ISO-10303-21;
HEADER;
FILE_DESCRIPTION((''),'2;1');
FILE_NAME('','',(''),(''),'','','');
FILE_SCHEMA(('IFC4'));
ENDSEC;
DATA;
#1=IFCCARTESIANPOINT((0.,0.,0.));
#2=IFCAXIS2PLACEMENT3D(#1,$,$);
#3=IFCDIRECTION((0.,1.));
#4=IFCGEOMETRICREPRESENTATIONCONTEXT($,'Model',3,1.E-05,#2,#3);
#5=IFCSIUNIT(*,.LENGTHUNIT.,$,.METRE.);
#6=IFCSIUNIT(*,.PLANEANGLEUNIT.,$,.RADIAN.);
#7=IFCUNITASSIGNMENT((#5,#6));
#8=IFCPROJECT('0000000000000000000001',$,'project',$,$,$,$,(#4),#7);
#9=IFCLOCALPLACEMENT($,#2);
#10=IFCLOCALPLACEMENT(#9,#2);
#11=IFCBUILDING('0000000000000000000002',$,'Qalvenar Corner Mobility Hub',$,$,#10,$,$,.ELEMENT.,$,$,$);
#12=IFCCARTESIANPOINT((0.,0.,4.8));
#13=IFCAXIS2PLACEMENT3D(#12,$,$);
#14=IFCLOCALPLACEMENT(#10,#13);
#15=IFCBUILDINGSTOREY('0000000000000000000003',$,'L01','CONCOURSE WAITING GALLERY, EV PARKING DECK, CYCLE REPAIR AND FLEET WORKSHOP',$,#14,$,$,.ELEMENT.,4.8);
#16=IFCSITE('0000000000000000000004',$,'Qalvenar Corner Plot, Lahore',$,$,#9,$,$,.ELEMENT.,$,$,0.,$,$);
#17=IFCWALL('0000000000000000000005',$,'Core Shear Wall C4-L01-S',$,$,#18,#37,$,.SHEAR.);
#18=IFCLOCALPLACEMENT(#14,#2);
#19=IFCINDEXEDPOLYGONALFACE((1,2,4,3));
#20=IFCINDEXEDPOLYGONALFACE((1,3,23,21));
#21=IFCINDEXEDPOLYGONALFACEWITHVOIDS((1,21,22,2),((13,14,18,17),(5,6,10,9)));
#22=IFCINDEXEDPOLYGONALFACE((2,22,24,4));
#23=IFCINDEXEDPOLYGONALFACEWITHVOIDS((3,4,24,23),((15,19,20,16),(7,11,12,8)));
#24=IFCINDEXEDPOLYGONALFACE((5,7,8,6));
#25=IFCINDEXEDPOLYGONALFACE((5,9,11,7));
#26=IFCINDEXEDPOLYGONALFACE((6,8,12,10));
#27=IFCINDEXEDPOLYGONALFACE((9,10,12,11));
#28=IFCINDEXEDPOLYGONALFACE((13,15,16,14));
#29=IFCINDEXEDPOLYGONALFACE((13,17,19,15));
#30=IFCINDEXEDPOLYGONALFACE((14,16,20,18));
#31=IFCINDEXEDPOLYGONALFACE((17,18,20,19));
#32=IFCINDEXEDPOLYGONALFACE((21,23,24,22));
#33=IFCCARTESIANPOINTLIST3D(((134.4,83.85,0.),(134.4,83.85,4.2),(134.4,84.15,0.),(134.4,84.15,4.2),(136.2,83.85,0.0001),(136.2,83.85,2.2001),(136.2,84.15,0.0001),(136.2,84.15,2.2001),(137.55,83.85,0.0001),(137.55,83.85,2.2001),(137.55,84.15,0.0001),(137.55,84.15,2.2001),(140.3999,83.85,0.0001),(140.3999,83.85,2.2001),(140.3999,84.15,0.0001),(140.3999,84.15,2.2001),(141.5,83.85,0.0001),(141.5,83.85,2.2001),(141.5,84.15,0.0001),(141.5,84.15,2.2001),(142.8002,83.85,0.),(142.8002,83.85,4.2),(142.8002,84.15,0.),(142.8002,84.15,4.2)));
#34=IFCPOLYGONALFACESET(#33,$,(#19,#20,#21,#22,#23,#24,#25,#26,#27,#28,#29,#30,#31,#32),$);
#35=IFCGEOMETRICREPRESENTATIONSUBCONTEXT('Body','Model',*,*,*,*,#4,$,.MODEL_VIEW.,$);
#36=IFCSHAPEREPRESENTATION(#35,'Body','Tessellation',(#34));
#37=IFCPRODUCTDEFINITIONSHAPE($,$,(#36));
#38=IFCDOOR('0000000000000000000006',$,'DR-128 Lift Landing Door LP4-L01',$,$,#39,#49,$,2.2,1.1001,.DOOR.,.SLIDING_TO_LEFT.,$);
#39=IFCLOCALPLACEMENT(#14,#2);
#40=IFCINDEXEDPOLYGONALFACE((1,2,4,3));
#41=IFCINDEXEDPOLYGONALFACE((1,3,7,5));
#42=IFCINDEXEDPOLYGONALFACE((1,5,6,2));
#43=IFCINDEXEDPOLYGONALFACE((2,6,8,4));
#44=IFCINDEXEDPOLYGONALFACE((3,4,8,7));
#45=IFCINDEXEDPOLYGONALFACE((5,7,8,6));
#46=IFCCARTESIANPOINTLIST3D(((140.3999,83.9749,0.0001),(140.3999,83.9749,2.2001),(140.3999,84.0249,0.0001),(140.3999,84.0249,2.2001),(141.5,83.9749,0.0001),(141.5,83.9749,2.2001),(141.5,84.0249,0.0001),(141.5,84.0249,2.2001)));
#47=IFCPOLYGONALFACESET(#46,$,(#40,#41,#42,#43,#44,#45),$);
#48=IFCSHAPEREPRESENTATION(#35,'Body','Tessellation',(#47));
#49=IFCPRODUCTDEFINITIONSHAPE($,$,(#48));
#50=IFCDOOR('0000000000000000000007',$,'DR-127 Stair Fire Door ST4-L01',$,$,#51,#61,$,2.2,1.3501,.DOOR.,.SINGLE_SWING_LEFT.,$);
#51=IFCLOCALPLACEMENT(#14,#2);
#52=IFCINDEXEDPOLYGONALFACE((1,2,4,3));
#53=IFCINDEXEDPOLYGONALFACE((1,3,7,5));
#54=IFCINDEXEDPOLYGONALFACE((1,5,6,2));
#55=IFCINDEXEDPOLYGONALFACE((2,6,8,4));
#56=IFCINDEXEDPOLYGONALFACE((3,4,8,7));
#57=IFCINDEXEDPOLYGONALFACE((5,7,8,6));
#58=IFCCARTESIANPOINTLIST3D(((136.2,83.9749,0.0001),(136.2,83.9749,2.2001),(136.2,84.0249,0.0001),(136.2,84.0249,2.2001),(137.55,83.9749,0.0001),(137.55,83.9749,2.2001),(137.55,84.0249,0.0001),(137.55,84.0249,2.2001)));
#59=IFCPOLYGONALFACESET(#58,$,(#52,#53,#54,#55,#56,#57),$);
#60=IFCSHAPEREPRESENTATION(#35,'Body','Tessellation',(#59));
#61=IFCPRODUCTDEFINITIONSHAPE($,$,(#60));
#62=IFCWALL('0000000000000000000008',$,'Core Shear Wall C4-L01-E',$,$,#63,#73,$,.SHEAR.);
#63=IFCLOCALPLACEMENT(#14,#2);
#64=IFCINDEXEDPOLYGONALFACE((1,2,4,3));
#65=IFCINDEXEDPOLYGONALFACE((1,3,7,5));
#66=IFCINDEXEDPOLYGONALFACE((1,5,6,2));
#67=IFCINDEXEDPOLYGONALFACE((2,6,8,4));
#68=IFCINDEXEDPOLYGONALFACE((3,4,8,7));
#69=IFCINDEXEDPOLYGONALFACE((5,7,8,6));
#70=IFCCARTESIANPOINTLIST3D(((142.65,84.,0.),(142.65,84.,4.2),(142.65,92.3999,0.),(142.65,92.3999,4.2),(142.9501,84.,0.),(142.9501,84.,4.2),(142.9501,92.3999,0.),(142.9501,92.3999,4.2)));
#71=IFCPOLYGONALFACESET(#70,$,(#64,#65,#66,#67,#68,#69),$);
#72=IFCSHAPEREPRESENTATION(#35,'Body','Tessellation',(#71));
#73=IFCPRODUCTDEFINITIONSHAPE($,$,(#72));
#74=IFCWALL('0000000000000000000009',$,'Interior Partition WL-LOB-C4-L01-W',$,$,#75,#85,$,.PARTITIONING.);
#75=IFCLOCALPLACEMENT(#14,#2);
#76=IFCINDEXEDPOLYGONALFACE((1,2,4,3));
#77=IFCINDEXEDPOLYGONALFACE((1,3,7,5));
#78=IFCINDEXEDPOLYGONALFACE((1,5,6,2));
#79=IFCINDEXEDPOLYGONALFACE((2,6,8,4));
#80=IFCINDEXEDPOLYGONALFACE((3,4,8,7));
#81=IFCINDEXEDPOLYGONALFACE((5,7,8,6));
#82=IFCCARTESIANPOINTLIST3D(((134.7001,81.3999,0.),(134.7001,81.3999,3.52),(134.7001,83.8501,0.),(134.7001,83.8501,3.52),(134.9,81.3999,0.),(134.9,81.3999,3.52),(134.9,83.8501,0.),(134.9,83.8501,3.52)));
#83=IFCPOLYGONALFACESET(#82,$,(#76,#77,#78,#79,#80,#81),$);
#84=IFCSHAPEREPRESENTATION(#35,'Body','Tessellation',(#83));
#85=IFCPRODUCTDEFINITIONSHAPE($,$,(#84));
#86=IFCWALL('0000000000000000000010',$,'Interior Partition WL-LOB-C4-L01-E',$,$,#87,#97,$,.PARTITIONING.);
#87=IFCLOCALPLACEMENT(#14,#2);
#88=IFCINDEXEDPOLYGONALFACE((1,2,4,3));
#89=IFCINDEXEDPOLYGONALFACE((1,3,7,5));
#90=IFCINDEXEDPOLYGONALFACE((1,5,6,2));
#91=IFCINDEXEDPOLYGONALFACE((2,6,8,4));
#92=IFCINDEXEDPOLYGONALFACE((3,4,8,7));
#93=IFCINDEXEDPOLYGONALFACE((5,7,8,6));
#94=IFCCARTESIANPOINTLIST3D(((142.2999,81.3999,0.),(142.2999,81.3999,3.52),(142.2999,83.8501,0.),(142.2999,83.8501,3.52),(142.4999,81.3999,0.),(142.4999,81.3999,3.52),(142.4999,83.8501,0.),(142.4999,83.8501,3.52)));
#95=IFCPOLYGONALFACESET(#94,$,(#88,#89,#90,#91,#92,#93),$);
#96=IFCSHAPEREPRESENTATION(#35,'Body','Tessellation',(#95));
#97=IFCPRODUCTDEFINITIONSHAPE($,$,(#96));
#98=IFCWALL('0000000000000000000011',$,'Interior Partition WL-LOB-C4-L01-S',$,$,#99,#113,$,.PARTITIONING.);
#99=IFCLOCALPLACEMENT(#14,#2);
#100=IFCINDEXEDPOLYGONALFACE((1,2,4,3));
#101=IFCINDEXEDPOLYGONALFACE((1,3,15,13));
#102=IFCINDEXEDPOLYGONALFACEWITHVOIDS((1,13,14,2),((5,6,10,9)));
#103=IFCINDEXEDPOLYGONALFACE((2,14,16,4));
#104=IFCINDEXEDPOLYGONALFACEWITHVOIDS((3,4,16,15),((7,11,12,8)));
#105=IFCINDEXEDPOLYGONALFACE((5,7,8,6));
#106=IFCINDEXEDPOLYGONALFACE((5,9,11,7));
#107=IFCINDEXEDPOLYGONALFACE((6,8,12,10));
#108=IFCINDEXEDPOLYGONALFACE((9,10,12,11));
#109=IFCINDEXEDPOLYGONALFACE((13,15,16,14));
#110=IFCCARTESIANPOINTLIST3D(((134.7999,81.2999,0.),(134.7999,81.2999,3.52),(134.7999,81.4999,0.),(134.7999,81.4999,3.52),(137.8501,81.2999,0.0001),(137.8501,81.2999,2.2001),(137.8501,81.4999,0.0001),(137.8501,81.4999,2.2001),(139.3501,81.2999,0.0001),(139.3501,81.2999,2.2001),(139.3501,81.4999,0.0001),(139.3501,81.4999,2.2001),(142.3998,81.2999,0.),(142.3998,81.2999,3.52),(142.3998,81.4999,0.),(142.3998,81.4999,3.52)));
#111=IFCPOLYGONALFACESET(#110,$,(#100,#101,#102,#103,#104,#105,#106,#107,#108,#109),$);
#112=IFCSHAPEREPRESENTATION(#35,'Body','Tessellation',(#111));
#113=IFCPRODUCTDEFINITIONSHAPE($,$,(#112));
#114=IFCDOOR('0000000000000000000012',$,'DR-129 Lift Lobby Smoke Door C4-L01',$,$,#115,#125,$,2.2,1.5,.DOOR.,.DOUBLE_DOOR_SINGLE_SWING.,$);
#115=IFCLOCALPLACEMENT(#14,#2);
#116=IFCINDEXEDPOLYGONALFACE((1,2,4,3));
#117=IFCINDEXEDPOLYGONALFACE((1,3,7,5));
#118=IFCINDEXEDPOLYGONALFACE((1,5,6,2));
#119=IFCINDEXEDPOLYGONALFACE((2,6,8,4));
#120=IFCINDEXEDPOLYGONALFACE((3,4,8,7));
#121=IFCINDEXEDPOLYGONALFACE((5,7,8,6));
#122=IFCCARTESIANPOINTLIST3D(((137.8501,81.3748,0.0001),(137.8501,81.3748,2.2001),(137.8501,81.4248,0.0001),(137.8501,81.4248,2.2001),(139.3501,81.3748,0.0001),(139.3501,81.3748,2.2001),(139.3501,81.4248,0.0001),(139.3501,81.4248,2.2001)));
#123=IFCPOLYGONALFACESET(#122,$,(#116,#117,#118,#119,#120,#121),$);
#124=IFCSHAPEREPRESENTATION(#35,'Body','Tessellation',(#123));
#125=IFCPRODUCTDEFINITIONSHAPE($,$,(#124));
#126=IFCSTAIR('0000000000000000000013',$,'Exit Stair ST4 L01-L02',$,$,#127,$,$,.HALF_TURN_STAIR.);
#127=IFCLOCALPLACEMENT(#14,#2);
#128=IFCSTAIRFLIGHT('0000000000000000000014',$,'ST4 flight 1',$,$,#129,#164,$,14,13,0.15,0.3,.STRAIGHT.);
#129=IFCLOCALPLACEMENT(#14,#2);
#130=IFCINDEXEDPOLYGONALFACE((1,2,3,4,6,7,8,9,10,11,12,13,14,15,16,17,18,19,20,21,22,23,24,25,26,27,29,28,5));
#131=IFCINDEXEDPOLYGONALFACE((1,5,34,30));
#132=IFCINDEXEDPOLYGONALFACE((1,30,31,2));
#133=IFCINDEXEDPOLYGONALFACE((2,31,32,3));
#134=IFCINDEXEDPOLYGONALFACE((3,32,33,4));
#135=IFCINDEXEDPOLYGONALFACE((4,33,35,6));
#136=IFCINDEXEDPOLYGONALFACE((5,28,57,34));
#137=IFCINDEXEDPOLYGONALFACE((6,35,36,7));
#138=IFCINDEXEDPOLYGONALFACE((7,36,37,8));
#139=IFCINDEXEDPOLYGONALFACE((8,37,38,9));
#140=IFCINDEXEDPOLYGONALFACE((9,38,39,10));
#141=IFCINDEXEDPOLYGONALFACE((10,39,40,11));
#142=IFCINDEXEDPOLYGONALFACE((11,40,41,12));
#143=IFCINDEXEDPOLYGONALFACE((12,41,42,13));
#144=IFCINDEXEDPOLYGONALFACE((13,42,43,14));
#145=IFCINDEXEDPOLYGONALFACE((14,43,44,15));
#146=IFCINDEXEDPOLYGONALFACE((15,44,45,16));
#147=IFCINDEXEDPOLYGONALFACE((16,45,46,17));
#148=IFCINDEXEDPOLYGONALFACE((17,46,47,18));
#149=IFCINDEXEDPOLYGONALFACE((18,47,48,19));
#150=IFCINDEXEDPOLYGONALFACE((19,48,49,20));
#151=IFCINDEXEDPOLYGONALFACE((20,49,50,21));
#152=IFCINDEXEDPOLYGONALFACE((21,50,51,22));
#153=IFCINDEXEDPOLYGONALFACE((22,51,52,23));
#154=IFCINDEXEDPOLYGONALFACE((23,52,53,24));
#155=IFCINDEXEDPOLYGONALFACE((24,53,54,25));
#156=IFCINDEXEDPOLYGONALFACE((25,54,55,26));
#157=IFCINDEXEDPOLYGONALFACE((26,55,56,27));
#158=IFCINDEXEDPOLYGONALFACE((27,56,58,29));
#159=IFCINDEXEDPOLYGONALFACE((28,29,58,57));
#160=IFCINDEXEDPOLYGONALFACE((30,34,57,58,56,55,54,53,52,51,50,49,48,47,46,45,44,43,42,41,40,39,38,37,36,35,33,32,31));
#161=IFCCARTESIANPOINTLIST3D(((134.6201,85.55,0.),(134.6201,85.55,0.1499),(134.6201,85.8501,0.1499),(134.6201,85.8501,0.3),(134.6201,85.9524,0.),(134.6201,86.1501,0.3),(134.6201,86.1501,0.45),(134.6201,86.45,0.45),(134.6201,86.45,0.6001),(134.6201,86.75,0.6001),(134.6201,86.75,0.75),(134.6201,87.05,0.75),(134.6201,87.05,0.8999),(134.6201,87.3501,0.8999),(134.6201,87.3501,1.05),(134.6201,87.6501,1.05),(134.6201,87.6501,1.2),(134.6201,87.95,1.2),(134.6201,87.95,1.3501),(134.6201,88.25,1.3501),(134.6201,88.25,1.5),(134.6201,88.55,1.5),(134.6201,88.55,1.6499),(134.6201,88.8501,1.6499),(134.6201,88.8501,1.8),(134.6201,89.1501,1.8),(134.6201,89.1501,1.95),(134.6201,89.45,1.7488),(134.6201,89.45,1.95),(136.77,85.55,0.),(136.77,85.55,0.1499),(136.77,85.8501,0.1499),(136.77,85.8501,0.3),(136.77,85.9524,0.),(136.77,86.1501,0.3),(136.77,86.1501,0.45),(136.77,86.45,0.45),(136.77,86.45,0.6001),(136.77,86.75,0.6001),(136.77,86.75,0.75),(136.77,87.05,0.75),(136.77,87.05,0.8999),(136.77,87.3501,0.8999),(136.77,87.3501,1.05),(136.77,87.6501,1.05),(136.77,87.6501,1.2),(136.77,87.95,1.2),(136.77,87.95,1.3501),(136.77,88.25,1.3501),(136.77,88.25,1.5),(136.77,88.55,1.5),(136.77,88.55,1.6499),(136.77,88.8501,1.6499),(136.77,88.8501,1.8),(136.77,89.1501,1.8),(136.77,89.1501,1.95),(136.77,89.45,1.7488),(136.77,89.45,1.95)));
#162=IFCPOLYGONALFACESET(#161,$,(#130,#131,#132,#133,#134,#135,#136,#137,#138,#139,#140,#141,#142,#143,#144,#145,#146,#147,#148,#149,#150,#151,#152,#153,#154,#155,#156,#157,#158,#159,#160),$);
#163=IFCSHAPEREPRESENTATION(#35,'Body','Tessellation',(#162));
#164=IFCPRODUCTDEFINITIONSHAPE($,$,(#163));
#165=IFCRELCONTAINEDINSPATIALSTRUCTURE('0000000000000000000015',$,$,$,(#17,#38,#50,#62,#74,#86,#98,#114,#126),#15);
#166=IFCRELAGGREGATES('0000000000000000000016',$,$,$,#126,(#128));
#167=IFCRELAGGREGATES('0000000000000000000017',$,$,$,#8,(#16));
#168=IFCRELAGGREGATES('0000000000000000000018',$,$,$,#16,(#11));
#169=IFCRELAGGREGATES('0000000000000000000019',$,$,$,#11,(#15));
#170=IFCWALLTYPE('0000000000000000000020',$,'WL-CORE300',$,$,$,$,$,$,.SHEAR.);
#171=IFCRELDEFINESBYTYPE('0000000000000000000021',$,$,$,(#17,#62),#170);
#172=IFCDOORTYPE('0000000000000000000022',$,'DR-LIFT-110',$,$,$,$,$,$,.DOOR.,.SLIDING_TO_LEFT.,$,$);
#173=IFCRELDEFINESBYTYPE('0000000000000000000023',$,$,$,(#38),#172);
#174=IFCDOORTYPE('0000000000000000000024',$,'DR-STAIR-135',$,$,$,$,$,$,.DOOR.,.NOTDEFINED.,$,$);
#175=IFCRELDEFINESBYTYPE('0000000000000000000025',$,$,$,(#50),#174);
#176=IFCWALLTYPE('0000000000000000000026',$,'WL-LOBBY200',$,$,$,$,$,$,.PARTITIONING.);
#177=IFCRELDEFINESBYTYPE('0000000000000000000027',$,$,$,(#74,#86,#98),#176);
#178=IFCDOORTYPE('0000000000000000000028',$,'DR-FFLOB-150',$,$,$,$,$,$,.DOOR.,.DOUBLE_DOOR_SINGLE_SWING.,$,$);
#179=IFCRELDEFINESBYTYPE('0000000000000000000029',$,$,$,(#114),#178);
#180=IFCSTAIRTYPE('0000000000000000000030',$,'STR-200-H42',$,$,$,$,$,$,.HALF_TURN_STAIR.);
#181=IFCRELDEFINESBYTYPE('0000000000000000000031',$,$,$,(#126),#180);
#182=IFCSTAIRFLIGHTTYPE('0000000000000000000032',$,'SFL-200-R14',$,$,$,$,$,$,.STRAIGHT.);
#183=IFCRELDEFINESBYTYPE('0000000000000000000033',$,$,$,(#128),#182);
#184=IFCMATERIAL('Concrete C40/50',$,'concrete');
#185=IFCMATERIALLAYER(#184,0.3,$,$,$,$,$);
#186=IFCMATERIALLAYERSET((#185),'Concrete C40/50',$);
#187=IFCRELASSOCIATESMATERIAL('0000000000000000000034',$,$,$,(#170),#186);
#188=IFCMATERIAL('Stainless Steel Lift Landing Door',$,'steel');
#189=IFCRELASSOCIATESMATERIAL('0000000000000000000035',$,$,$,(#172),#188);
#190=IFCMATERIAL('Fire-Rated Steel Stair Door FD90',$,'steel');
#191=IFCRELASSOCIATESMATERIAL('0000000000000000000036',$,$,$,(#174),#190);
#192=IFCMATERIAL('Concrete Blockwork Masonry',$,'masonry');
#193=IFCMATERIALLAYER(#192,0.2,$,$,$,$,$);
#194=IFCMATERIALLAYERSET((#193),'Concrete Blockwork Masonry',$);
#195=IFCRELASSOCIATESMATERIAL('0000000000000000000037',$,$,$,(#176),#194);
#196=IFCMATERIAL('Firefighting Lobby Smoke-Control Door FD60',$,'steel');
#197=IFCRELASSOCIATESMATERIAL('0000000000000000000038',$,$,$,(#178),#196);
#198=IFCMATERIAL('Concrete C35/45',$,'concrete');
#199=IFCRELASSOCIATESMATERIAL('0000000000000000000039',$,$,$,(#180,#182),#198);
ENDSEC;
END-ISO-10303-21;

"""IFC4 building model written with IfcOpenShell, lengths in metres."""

from ifc_helpers import new_model, si_unit, direction, frame, frame_2d, origin, place, context, subcontext, project, spatial, polyline, rectangle, outline, extrude, material, layer, layer_set, type_object, element, fill, aggregate, save


model = new_model("IFC4")

# Units and contexts
model_context = context("Model", 3, precision=1e-05, world=origin(), true_north=direction((0.0, 1.0)))
body_context = subcontext(model_context, "Body", "Model", "MODEL_VIEW")
ifc_project = project(units=[si_unit("LENGTHUNIT", "METRE"), si_unit("PLANEANGLEUNIT", "RADIAN")], contexts=[model_context])

# Site, building, storey
site_placement = place(None, origin())
site = spatial("IfcSite", under=ifc_project, at=site_placement, Name="Qalvenar Corner Plot, Lahore", CompositionType="ELEMENT", RefElevation=0.0)
building_placement = place(site_placement, origin())
building = spatial("IfcBuilding", under=site, at=building_placement, Name="Qalvenar Corner Mobility Hub", CompositionType="ELEMENT")
storey_placement = place(building_placement, frame((0.0, 0.0, 4.8)))
storey = spatial("IfcBuildingStorey", under=building, at=storey_placement, Name="L01", Description="CONCOURSE WAITING GALLERY, EV PARKING DECK, CYCLE REPAIR AND FLEET WORKSHOP", CompositionType="ELEMENT", Elevation=4.8)

# Shared definitions
ifc_material_1 = material(Name="Concrete C40/50", Category="concrete")

# Wall, openings, doors
ifc_layer_1 = layer(ifc_material_1, 0.3)
ifc_layer_set_1 = layer_set([ifc_layer_1], Name="Concrete C40/50")
wall_type_1 = type_object("IfcWallType", Name="WL-CORE300", PredefinedType="SHEAR", material=ifc_layer_set_1)
wall_1_placement = place(storey_placement, frame((134.3999, 84.0, 0.0), z_axis=(0.0, 0.0, 1.0), x_axis=(1.0, 0.0, 0.0)))
wall_1 = element("IfcWall", 1, at=wall_1_placement, inside=storey, type_object=wall_type_1, Name="Core Shear Wall C4-L01-S", PredefinedType="SHEAR", context=body_context, shape_type="SweptSolid", body=[
    extrude(rectangle(XDim=8.4001, YDim=0.3, at=frame_2d((4.2002, 0.0))), origin(), (0.0, 0.0, 1.0), 4.2),
])
opening_1_placement = place(wall_1_placement, frame((1.8, 0.0, 0.0)))
opening_1 = element("IfcOpeningElement", 2, at=opening_1_placement, cuts=wall_1, PredefinedType="OPENING", context=body_context, shape_type="SweptSolid", body=[
    extrude(rectangle(XDim=1.3501, YDim=2.2, at=frame_2d((0.675, 1.1001))), frame((0.0, 0.1602, 0.0), z_axis=(0.0, -1.0, 0.0), x_axis=(1.0, 0.0, 0.0)), (0.0, 0.0, 1.0), 0.3201),
])
opening_2_placement = place(wall_1_placement, frame((6.0, 0.0, 0.0)))
opening_2 = element("IfcOpeningElement", 3, at=opening_2_placement, cuts=wall_1, PredefinedType="OPENING", context=body_context, shape_type="SweptSolid", body=[
    extrude(rectangle(XDim=1.1001, YDim=2.2, at=frame_2d((0.55, 1.1001))), frame((0.0, 0.1602, 0.0), z_axis=(0.0, -1.0, 0.0), x_axis=(1.0, 0.0, 0.0)), (0.0, 0.0, 1.0), 0.3201),
])
ifc_material_2 = material(Name="Stainless Steel Lift Landing Door", Category="steel")
door_type_1 = type_object("IfcDoorType", Name="DR-LIFT-110", OperationType="SLIDING_TO_LEFT", PredefinedType="DOOR", material=ifc_material_2)
door_1_placement = place(opening_2_placement, origin())
door_1 = element("IfcDoor", 4, at=door_1_placement, inside=storey, type_object=door_type_1, Name="DR-128 Lift Landing Door LP4-L01", OperationType="SLIDING_TO_LEFT", OverallHeight=2.2, OverallWidth=1.1001, PredefinedType="DOOR", context=body_context, shape_type="SweptSolid", body=[
    extrude(rectangle(XDim=1.1001, YDim=2.2, at=frame_2d((0.55, 1.1001))), frame((0.0, 0.0249, 0.0), z_axis=(0.0, -1.0, 0.0), x_axis=(1.0, 0.0, 0.0)), (0.0, 0.0, 1.0), 0.05),
])
fill(opening_2, door_1)
ifc_material_3 = material(Name="Fire-Rated Steel Stair Door FD90", Category="steel")
door_type_2 = type_object("IfcDoorType", Name="DR-STAIR-135", OperationType="NOTDEFINED", PredefinedType="DOOR", material=ifc_material_3)
door_2_placement = place(opening_1_placement, origin())
door_2 = element("IfcDoor", 5, at=door_2_placement, inside=storey, type_object=door_type_2, Name="DR-127 Stair Fire Door ST4-L01", OperationType="SINGLE_SWING_LEFT", OverallHeight=2.2, OverallWidth=1.3501, PredefinedType="DOOR", context=body_context, shape_type="SweptSolid", body=[
    extrude(rectangle(XDim=1.3501, YDim=2.2, at=frame_2d((0.675, 1.1001))), frame((0.0, 0.0249, 0.0), z_axis=(0.0, -1.0, 0.0), x_axis=(1.0, 0.0, 0.0)), (0.0, 0.0, 1.0), 0.05),
])
fill(opening_1, door_2)

# Walls
wall_2_placement = place(storey_placement, frame((142.8, 84.0, 0.0), z_axis=(0.0, 0.0, 1.0), x_axis=(0.0, 1.0, 0.0)))
element("IfcWall", 6, at=wall_2_placement, inside=storey, type_object=wall_type_1, Name="Core Shear Wall C4-L01-E", PredefinedType="SHEAR", context=body_context, shape_type="SweptSolid", body=[
    extrude(rectangle(XDim=8.3999, YDim=0.3, at=frame_2d((4.2, 0.0))), origin(), (0.0, 0.0, 1.0), 4.2),
])
ifc_material_4 = material(Name="Concrete Blockwork Masonry", Category="masonry")
ifc_layer_2 = layer(ifc_material_4, 0.2)
ifc_layer_set_2 = layer_set([ifc_layer_2], Name="Concrete Blockwork Masonry")
wall_type_2 = type_object("IfcWallType", Name="WL-LOBBY200", PredefinedType="PARTITIONING", material=ifc_layer_set_2)
for number, where, z_axis, x_axis, name in (
    (7, (134.8, 81.3999, 0.0), (0.0, 0.0, 1.0), (0.0, 1.0, 0.0), "Interior Partition WL-LOB-C4-L01-W"),
    (8, (142.3999, 81.3999, 0.0), (0.0, 0.0, 1.0), (0.0, 1.0, 0.0), "Interior Partition WL-LOB-C4-L01-E"),
):
    element("IfcWall", number, at=place(storey_placement, frame(where, z_axis=z_axis, x_axis=x_axis)), inside=storey, type_object=wall_type_2, Name=name, PredefinedType="PARTITIONING", context=body_context, shape_type="SweptSolid", body=[
        extrude(rectangle(XDim=2.4502, YDim=0.2, at=frame_2d((1.2251, 0.0))), origin(), (0.0, 0.0, 1.0), 3.52),
    ])

# Wall, opening, door
wall_3_placement = place(storey_placement, frame((134.8, 81.3999, 0.0), z_axis=(0.0, 0.0, 1.0), x_axis=(1.0, 0.0, 0.0)))
wall_3 = element("IfcWall", 9, at=wall_3_placement, inside=storey, type_object=wall_type_2, Name="Interior Partition WL-LOB-C4-L01-S", PredefinedType="PARTITIONING", context=body_context, shape_type="SweptSolid", body=[
    extrude(rectangle(XDim=7.5999, YDim=0.2, at=frame_2d((3.7998, 0.0))), origin(), (0.0, 0.0, 1.0), 3.52),
])
opening_3_placement = place(wall_3_placement, frame((3.05, 0.0, 0.0)))
opening_3 = element("IfcOpeningElement", 10, at=opening_3_placement, cuts=wall_3, PredefinedType="OPENING", context=body_context, shape_type="SweptSolid", body=[
    extrude(rectangle(XDim=1.5, YDim=2.2, at=frame_2d((0.75, 1.1001))), frame((0.0, 0.1099, 0.0), z_axis=(0.0, -1.0, 0.0), x_axis=(1.0, 0.0, 0.0)), (0.0, 0.0, 1.0), 0.22),
])
ifc_material_5 = material(Name="Firefighting Lobby Smoke-Control Door FD60", Category="steel")
door_type_3 = type_object("IfcDoorType", Name="DR-FFLOB-150", OperationType="DOUBLE_DOOR_SINGLE_SWING", PredefinedType="DOOR", material=ifc_material_5)
door_3_placement = place(opening_3_placement, origin())
door_3 = element("IfcDoor", 11, at=door_3_placement, inside=storey, type_object=door_type_3, Name="DR-129 Lift Lobby Smoke Door C4-L01", OperationType="DOUBLE_DOOR_SINGLE_SWING", OverallHeight=2.2, OverallWidth=1.5, PredefinedType="DOOR", context=body_context, shape_type="SweptSolid", body=[
    extrude(rectangle(XDim=1.5, YDim=2.2, at=frame_2d((0.75, 1.1001))), frame((0.0, 0.0249, 0.0), z_axis=(0.0, -1.0, 0.0), x_axis=(1.0, 0.0, 0.0)), (0.0, 0.0, 1.0), 0.05),
])
fill(opening_3, door_3)

# Stair, stair flight
ifc_material_6 = material(Name="Concrete C35/45", Category="concrete")
stair_type = type_object("IfcStairType", Name="STR-200-H42", PredefinedType="HALF_TURN_STAIR", material=ifc_material_6)
stair_placement = place(storey_placement, origin())
stair = element("IfcStair", 12, at=stair_placement, inside=storey, type_object=stair_type, Name="Exit Stair ST4 L01-L02", PredefinedType="HALF_TURN_STAIR")
stair_flight_type = type_object("IfcStairFlightType", Name="SFL-200-R14", PredefinedType="STRAIGHT", material=ifc_material_6)
stair_flight_1_placement = place(storey_placement, frame((135.6951, 85.55, 0.0), z_axis=(0.0, 0.0, 1.0), x_axis=(0.0, 1.0, 0.0)))
stair_flight_1 = element("IfcStairFlight", 13, at=stair_flight_1_placement, type_object=stair_flight_type, Name="ST4 flight 1", NumberOfRisers=14, NumberOfTreads=13, PredefinedType="STRAIGHT", RiserHeight=0.15, TreadLength=0.3, context=body_context, shape_type="SweptSolid", body=[
    extrude(outline(polyline([(0.0, 0.0), (0.0, 0.1499), (0.3, 0.1499), (0.3, 0.3), (0.6001, 0.3), (0.6001, 0.45), (0.8999, 0.45), (0.8999, 0.6001), (1.2, 0.6001), (1.2, 0.75), (1.5, 0.75), (1.5, 0.8999), (1.8, 0.8999), (1.8, 1.05), (2.1001, 1.05), (2.1001, 1.2), (2.3999, 1.2), (2.3999, 1.3501), (2.7, 1.3501), (2.7, 1.5), (3.0, 1.5), (3.0, 1.6499), (3.3, 1.6499), (3.3, 1.8), (3.6001, 1.8), (3.6001, 1.95), (3.8999, 1.95), (3.8999, 2.1001), (3.8999, 1.7488), (0.4023, 0.0), (0.0, 0.0)])), frame((0.0, 1.075, 0.0), z_axis=(0.0, -1.0, 0.0), x_axis=(1.0, 0.0, 0.0)), (0.0, 0.0, 1.0), 2.1499),
])
aggregate(stair, [stair_flight_1])

save(model, "model.ifc")
